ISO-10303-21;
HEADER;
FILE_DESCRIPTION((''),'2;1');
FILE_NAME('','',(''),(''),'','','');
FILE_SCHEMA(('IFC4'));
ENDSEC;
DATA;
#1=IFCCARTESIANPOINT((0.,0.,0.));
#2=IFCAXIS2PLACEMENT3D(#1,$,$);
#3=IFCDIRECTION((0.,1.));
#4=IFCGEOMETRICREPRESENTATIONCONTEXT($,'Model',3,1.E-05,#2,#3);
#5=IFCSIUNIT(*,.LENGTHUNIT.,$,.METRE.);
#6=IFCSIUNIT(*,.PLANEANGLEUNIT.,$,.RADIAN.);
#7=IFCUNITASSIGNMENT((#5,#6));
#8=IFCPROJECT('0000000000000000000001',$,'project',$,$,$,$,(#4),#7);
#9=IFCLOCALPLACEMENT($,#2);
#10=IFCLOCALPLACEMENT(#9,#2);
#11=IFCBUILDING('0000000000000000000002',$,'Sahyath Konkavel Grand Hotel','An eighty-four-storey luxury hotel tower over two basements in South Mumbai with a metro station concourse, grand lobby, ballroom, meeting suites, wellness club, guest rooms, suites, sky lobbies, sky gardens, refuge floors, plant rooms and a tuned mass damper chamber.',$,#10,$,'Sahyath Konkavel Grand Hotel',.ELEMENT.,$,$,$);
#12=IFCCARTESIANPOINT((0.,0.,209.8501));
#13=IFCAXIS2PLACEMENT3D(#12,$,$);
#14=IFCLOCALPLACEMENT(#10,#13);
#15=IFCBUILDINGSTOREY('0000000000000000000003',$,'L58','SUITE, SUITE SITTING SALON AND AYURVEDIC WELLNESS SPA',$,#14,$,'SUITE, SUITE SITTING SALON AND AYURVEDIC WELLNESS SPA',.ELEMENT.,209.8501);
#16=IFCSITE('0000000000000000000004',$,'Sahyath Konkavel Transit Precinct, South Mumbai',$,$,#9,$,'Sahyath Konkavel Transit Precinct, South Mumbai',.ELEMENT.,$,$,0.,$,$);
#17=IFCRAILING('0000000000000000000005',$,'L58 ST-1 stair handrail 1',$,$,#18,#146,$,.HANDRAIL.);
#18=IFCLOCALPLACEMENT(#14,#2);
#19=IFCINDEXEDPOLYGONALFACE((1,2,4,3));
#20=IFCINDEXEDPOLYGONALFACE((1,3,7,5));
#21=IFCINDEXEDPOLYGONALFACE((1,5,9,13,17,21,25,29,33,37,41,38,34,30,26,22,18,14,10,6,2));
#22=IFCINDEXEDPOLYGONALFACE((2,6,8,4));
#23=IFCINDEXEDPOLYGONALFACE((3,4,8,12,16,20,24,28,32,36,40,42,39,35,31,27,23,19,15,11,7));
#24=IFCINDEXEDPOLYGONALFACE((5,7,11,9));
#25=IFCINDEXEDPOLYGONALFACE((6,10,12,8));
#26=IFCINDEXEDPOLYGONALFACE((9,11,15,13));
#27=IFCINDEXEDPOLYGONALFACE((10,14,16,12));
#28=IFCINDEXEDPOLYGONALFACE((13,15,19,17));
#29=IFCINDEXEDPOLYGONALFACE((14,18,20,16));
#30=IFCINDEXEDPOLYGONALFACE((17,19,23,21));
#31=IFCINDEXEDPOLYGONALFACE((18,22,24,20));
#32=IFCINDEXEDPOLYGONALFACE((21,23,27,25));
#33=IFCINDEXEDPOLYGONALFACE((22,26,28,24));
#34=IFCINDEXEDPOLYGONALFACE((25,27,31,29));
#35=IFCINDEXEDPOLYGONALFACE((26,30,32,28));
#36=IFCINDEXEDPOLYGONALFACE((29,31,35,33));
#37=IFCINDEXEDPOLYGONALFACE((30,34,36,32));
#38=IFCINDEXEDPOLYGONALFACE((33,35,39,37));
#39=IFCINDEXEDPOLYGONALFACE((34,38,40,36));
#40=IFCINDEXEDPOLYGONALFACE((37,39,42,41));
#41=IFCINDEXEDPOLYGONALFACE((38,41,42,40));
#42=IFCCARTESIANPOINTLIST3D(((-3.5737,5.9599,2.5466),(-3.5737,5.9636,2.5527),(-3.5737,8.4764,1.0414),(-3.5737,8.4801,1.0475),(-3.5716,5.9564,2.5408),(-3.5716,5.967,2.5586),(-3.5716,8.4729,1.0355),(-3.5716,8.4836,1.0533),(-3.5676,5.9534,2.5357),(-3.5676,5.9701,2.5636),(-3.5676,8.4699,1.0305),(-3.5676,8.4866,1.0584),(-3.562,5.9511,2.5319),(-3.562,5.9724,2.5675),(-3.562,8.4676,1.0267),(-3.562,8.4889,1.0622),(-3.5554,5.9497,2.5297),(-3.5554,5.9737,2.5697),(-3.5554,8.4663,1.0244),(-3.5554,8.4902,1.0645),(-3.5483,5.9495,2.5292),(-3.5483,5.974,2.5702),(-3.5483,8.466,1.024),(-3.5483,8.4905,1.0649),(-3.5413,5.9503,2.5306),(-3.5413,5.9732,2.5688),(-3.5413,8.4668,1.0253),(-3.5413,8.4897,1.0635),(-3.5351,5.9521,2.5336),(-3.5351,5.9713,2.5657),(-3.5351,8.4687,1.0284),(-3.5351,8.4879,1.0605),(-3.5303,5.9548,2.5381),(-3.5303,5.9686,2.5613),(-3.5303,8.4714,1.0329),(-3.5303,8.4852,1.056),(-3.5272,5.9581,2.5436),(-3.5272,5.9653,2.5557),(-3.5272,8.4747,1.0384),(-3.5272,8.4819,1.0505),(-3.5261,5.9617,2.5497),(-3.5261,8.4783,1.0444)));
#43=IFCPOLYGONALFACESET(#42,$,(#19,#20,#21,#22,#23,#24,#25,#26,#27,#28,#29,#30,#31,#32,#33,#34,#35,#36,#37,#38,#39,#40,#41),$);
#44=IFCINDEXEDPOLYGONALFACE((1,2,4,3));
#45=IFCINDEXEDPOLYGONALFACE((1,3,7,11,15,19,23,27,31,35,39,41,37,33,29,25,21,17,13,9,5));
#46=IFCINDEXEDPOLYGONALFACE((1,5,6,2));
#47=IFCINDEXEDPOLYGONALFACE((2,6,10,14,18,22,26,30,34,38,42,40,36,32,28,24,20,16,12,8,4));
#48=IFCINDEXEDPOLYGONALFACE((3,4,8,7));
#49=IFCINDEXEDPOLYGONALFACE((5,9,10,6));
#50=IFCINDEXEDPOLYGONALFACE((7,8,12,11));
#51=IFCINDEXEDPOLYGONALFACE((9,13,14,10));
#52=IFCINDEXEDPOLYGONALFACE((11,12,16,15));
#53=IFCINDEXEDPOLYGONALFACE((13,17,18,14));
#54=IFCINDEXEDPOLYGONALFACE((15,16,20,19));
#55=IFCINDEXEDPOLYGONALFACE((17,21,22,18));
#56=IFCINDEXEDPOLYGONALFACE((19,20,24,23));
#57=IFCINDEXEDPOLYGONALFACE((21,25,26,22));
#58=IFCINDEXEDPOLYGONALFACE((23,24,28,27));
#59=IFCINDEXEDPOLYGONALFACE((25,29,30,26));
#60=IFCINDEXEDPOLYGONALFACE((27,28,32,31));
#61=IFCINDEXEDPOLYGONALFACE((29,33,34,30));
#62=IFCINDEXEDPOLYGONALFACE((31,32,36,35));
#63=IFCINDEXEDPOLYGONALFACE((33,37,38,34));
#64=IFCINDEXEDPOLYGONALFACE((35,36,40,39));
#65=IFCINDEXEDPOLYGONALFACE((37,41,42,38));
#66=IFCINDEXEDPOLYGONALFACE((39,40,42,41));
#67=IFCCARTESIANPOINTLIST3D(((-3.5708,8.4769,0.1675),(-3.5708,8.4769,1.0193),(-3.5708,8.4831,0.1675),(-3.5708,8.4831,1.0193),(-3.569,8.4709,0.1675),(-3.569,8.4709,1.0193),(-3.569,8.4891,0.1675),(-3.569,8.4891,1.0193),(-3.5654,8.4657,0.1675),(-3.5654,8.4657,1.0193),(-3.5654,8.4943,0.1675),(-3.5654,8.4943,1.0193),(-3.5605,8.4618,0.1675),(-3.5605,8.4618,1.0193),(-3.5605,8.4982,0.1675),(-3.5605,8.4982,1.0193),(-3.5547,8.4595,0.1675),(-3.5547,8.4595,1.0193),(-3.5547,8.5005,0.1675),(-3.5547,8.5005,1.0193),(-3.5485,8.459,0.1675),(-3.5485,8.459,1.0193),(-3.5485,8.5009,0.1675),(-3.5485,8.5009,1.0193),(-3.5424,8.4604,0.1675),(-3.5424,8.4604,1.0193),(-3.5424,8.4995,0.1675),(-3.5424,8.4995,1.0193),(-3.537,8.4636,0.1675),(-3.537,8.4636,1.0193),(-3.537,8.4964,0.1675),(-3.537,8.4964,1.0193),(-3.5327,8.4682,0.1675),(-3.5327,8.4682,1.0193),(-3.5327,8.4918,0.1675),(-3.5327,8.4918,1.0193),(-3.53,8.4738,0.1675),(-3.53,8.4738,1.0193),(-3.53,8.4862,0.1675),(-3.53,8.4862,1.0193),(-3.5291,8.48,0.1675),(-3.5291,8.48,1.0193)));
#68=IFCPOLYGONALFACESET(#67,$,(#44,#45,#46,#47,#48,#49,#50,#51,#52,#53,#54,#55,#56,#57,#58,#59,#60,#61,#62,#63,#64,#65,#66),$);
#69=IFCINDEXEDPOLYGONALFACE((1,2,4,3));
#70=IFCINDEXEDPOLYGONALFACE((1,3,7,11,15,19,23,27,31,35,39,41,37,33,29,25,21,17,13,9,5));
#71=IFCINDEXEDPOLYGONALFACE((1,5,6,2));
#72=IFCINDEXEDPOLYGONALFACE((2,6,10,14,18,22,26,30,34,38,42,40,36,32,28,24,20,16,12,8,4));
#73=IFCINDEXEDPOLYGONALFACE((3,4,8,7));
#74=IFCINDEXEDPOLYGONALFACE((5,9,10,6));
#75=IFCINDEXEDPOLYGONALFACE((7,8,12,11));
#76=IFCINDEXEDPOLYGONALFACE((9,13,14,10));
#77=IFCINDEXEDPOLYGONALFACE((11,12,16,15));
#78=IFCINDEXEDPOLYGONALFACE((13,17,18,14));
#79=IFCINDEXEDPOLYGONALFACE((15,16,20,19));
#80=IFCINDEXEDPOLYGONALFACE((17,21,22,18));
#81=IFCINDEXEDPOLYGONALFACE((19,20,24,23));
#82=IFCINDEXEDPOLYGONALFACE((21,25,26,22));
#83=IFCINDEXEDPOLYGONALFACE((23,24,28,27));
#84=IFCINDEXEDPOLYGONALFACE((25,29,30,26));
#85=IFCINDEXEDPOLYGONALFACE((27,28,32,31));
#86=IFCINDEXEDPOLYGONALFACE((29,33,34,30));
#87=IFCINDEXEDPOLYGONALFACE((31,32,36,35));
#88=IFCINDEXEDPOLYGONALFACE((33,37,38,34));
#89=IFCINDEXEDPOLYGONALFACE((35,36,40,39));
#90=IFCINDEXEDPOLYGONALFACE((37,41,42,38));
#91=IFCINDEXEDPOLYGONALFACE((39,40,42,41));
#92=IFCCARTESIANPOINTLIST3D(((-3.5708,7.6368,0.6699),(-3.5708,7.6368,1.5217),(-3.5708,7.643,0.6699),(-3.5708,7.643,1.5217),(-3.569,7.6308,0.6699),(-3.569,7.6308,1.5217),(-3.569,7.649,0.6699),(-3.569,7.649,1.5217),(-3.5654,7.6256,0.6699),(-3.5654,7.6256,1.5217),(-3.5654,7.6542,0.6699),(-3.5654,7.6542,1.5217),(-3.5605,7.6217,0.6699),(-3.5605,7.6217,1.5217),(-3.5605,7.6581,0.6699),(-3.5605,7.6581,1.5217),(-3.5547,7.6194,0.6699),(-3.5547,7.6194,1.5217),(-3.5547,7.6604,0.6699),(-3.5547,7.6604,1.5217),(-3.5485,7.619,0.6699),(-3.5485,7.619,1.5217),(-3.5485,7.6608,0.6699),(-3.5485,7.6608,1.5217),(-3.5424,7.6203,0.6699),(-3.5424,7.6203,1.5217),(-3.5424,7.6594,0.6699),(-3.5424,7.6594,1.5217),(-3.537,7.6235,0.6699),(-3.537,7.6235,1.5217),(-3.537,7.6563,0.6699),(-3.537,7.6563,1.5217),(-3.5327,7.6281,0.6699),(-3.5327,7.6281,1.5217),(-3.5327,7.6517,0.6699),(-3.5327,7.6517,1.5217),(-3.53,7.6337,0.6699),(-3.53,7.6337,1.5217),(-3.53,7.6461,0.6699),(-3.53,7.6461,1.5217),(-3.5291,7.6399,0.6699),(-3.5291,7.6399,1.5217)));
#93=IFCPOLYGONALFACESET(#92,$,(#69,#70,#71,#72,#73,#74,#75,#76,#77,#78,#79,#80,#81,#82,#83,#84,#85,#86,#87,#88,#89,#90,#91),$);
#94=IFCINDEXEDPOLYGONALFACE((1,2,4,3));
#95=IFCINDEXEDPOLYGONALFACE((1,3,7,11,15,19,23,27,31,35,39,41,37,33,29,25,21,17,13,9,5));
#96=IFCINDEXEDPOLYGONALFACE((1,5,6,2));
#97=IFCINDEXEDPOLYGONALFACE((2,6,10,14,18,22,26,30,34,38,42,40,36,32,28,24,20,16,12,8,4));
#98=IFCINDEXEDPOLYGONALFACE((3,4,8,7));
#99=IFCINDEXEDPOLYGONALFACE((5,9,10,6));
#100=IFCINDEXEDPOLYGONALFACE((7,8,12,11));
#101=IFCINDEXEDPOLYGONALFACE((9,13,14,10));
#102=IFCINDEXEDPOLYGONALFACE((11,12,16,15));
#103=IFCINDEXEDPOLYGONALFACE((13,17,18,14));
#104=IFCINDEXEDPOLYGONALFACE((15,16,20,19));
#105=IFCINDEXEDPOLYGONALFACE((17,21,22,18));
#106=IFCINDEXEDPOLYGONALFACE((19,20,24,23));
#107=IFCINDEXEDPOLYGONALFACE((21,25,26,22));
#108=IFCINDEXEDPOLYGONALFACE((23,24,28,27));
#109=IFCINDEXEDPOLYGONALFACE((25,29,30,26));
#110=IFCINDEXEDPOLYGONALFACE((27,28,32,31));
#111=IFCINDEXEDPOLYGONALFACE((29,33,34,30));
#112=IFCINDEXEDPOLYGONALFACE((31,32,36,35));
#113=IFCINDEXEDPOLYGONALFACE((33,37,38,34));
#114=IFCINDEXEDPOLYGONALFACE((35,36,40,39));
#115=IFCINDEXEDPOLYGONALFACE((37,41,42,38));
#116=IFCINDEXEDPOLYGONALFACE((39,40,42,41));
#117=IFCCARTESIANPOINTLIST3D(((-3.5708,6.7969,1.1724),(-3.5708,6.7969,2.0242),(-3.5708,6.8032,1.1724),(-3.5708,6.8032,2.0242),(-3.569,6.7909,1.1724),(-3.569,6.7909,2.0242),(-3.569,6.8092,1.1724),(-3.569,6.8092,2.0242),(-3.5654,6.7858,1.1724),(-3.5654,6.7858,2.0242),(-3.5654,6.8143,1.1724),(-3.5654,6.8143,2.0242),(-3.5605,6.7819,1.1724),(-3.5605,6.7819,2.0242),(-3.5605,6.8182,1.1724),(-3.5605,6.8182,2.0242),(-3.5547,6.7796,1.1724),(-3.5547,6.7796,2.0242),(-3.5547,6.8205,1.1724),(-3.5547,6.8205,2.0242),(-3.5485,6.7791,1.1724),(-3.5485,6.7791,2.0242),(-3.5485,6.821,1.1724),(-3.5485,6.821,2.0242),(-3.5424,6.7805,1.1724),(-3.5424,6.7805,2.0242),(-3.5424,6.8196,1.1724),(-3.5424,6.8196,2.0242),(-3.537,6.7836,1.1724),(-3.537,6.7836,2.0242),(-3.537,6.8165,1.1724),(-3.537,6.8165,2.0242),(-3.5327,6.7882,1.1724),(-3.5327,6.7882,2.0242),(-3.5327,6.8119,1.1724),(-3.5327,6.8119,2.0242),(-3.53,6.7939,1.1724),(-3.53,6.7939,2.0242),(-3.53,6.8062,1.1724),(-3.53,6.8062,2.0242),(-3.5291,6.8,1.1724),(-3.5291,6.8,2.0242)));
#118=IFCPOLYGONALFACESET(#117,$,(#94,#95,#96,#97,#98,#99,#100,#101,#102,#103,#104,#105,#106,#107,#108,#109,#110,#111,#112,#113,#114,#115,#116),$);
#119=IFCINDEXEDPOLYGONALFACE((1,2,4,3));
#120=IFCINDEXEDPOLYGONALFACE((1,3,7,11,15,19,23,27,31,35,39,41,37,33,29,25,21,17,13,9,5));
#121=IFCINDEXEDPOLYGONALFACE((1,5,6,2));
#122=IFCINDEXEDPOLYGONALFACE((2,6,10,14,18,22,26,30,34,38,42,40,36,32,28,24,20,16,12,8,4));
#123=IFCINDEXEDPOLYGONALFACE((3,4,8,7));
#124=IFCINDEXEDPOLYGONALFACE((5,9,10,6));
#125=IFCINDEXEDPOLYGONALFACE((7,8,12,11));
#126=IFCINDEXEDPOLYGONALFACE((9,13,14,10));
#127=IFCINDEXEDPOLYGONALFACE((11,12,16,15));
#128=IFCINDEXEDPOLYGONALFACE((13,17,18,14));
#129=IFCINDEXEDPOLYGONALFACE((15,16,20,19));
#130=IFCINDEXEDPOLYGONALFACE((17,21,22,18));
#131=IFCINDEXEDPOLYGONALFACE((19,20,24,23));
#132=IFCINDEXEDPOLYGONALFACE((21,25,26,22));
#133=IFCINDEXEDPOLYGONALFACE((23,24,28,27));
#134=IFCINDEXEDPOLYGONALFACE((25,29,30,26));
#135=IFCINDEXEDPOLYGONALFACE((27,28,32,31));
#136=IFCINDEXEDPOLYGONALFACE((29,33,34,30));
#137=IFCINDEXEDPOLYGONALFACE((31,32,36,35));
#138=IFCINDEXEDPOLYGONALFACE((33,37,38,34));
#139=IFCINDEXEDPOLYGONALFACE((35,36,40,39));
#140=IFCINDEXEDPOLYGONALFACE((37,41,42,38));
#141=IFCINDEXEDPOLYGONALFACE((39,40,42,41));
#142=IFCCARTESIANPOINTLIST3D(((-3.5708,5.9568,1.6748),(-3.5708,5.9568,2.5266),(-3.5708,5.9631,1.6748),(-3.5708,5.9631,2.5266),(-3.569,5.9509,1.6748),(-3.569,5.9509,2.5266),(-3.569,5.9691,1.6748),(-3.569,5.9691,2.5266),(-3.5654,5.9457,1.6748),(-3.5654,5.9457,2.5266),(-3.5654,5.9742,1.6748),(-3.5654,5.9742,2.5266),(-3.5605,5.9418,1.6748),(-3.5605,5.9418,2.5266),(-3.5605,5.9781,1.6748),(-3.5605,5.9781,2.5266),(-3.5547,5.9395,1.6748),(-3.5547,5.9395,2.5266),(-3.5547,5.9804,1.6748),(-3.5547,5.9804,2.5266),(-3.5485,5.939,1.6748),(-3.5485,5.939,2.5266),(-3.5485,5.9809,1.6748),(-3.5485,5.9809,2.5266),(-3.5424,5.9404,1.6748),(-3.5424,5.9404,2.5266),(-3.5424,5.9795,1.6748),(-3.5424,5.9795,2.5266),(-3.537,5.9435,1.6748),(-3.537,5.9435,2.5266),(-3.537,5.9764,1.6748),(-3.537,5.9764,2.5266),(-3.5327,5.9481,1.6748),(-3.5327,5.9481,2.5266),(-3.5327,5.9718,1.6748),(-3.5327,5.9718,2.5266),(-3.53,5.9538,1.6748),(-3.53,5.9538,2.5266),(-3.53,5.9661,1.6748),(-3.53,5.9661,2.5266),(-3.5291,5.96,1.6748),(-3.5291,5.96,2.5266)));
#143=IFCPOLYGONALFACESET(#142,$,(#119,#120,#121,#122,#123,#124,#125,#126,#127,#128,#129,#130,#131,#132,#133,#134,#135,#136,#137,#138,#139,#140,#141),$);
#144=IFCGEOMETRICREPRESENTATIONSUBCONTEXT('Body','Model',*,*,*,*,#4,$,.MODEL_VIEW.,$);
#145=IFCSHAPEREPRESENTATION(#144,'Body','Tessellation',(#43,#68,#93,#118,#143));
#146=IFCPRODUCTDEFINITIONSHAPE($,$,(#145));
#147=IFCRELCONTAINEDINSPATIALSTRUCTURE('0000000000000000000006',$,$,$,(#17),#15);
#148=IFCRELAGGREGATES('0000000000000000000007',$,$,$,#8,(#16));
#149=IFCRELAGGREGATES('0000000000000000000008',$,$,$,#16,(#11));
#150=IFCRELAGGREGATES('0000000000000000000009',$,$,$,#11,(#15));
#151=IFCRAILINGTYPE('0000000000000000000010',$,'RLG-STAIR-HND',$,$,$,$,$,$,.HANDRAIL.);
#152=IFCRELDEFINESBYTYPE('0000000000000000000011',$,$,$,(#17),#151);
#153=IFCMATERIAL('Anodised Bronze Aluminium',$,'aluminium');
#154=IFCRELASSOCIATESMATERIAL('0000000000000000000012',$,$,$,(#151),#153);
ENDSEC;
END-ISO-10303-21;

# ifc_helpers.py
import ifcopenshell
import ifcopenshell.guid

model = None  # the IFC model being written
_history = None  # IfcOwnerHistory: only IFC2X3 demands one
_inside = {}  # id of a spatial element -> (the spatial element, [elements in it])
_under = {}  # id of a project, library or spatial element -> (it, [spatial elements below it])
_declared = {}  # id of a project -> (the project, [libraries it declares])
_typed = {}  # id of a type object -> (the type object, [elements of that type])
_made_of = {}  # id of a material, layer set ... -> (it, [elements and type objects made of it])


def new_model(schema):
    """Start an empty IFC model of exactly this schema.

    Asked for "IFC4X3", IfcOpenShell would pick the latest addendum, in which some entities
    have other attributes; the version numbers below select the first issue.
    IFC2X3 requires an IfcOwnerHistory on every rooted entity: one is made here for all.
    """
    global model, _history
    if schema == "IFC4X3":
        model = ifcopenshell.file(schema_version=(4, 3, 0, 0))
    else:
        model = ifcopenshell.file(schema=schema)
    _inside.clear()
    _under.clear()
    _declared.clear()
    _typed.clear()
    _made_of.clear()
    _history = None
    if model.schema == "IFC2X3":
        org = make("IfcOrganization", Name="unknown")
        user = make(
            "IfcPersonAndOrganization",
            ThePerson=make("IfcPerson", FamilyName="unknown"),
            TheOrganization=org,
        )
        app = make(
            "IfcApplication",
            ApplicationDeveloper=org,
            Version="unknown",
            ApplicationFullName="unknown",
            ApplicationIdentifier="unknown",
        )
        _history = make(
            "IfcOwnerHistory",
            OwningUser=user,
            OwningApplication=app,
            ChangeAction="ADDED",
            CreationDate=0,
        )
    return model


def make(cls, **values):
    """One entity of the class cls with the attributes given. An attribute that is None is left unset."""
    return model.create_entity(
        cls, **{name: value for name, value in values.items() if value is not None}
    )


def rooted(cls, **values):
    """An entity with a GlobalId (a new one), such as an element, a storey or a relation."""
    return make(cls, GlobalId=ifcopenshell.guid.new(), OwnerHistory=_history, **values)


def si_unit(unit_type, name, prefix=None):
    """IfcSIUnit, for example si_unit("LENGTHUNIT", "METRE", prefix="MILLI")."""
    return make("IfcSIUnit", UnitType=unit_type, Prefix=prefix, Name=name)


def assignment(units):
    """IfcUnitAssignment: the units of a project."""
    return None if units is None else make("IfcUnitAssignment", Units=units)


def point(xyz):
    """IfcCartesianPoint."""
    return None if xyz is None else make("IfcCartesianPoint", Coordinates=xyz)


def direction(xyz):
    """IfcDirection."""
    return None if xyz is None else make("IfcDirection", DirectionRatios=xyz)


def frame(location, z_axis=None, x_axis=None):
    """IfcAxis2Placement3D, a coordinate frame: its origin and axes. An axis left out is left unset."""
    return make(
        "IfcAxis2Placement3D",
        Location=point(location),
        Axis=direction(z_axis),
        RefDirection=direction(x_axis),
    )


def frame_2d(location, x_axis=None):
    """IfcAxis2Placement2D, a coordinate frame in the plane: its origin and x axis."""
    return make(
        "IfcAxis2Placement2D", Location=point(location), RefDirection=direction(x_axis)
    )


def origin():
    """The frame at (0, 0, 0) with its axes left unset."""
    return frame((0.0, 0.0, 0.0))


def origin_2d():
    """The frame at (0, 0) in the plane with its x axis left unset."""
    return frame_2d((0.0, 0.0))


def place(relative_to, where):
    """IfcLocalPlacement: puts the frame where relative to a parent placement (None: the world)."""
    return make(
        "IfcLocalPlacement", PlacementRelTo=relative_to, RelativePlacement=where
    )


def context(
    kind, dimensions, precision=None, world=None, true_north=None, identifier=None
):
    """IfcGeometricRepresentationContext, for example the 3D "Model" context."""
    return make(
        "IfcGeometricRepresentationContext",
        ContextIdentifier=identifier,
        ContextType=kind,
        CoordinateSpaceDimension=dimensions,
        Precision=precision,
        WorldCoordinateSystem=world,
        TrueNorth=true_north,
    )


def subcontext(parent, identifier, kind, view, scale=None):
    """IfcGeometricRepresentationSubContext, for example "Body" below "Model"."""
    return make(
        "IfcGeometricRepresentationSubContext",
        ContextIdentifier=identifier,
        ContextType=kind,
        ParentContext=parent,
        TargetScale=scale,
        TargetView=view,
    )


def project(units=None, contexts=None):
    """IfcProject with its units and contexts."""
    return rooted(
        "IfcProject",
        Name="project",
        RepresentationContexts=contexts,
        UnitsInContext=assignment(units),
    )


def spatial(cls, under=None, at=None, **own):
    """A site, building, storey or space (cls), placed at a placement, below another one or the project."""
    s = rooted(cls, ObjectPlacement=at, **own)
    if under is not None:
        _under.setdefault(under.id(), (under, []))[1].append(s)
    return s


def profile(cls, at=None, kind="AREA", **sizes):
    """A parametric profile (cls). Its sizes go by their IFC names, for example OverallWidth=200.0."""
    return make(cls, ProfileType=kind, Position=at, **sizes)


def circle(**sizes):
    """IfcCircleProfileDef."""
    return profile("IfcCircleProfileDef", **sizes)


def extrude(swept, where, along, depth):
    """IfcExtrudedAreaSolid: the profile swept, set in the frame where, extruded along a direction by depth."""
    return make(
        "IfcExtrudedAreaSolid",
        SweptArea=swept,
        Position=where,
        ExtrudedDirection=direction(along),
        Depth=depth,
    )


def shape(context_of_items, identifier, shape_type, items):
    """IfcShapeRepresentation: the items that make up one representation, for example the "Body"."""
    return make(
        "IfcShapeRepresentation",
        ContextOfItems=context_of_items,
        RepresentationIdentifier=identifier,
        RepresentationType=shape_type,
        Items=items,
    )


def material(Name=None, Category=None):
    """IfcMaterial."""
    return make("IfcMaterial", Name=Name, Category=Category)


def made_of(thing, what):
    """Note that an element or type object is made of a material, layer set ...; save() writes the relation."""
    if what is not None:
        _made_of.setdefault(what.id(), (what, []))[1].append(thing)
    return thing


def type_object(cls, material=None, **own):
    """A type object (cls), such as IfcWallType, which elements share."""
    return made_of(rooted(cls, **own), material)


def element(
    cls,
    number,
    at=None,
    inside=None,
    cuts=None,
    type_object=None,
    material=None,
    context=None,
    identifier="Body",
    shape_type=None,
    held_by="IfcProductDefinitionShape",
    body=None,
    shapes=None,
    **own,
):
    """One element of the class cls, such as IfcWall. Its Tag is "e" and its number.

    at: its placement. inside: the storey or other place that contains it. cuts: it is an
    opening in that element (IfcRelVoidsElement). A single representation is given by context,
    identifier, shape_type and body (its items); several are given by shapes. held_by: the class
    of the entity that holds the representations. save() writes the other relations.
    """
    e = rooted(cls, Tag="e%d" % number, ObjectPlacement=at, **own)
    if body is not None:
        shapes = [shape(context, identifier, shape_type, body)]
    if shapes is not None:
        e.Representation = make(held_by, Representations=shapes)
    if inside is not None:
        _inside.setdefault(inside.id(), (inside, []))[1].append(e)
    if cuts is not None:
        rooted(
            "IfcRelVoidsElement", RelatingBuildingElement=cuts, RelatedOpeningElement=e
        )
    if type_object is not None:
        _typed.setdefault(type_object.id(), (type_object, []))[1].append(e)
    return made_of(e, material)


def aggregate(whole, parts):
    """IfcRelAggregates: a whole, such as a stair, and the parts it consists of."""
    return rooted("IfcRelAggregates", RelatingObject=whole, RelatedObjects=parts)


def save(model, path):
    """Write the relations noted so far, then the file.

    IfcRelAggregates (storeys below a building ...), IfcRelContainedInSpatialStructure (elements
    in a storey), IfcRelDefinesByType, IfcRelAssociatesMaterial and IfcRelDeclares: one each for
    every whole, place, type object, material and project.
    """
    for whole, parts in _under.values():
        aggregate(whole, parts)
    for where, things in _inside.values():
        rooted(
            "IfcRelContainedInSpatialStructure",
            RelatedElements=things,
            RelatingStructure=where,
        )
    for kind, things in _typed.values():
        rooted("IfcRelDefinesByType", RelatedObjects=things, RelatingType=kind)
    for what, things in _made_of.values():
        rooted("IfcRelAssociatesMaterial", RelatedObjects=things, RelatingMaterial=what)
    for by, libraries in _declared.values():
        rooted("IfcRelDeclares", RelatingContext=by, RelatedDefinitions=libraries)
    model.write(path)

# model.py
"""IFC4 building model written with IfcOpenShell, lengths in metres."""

from ifc_helpers import new_model, si_unit, direction, frame, origin, origin_2d, place, context, subcontext, project, spatial, circle, extrude, material, type_object, element, save


model = new_model("IFC4")

# Units and contexts
model_context = context("Model", 3, precision=1e-05, world=origin(), true_north=direction((0.0, 1.0)))
body_context = subcontext(model_context, "Body", "Model", "MODEL_VIEW")
ifc_project = project(units=[si_unit("LENGTHUNIT", "METRE"), si_unit("PLANEANGLEUNIT", "RADIAN")], contexts=[model_context])

# Site, building, storey
site_placement = place(None, origin())
site = spatial("IfcSite", under=ifc_project, at=site_placement, Name="Sahyath Konkavel Transit Precinct, South Mumbai", LongName="Sahyath Konkavel Transit Precinct, South Mumbai", CompositionType="ELEMENT", RefElevation=0.0)
building_placement = place(site_placement, origin())
building = spatial("IfcBuilding", under=site, at=building_placement, Name="Sahyath Konkavel Grand Hotel", Description="An eighty-four-storey luxury hotel tower over two basements in South Mumbai with a metro station concourse, grand lobby, ballroom, meeting suites, wellness club, guest rooms, suites, sky lobbies, sky gardens, refuge floors, plant rooms and a tuned mass damper chamber.", LongName="Sahyath Konkavel Grand Hotel", CompositionType="ELEMENT")
storey_placement = place(building_placement, frame((0.0, 0.0, 209.8501)))
storey = spatial("IfcBuildingStorey", under=building, at=storey_placement, Name="L58", Description="SUITE, SUITE SITTING SALON AND AYURVEDIC WELLNESS SPA", LongName="SUITE, SUITE SITTING SALON AND AYURVEDIC WELLNESS SPA", CompositionType="ELEMENT", Elevation=209.8501)

# Shared definitions
ifc_material_1 = material(Name="Anodised Bronze Aluminium", Category="aluminium")

# Railing
railing_type_1 = type_object("IfcRailingType", Name="RLG-STAIR-HND", PredefinedType="HANDRAIL", material=ifc_material_1)
railing_1_placement = place(storey_placement, frame((-3.55, 8.48, 0.1675)))
element("IfcRailing", 1, at=railing_1_placement, inside=storey, type_object=railing_type_1, Name="L58 ST-1 stair handrail 1", PredefinedType="HANDRAIL", context=body_context, shape_type="SweptSolid", body=[
    extrude(circle(Radius=0.0239, at=origin_2d()), frame((0.0, -0.0017, 0.877), z_axis=(0.0, -0.858196, 0.513321), x_axis=(1.0, 0.0, 0.0)), (0.0, 0.0, 1.0), 2.9324),
    extrude(circle(Radius=0.021, at=origin_2d()), origin(), (0.0, 0.0, 1.0), 0.8518),
    extrude(circle(Radius=0.021, at=origin_2d()), frame((0.0, -0.8401, 0.5024)), (0.0, 0.0, 1.0), 0.8518),
    extrude(circle(Radius=0.021, at=origin_2d()), frame((0.0, -1.6799, 1.0049)), (0.0, 0.0, 1.0), 0.8518),
    extrude(circle(Radius=0.021, at=origin_2d()), frame((0.0, -2.52, 1.5073)), (0.0, 0.0, 1.0), 0.8518),
])

save(model, "model.ifc")
